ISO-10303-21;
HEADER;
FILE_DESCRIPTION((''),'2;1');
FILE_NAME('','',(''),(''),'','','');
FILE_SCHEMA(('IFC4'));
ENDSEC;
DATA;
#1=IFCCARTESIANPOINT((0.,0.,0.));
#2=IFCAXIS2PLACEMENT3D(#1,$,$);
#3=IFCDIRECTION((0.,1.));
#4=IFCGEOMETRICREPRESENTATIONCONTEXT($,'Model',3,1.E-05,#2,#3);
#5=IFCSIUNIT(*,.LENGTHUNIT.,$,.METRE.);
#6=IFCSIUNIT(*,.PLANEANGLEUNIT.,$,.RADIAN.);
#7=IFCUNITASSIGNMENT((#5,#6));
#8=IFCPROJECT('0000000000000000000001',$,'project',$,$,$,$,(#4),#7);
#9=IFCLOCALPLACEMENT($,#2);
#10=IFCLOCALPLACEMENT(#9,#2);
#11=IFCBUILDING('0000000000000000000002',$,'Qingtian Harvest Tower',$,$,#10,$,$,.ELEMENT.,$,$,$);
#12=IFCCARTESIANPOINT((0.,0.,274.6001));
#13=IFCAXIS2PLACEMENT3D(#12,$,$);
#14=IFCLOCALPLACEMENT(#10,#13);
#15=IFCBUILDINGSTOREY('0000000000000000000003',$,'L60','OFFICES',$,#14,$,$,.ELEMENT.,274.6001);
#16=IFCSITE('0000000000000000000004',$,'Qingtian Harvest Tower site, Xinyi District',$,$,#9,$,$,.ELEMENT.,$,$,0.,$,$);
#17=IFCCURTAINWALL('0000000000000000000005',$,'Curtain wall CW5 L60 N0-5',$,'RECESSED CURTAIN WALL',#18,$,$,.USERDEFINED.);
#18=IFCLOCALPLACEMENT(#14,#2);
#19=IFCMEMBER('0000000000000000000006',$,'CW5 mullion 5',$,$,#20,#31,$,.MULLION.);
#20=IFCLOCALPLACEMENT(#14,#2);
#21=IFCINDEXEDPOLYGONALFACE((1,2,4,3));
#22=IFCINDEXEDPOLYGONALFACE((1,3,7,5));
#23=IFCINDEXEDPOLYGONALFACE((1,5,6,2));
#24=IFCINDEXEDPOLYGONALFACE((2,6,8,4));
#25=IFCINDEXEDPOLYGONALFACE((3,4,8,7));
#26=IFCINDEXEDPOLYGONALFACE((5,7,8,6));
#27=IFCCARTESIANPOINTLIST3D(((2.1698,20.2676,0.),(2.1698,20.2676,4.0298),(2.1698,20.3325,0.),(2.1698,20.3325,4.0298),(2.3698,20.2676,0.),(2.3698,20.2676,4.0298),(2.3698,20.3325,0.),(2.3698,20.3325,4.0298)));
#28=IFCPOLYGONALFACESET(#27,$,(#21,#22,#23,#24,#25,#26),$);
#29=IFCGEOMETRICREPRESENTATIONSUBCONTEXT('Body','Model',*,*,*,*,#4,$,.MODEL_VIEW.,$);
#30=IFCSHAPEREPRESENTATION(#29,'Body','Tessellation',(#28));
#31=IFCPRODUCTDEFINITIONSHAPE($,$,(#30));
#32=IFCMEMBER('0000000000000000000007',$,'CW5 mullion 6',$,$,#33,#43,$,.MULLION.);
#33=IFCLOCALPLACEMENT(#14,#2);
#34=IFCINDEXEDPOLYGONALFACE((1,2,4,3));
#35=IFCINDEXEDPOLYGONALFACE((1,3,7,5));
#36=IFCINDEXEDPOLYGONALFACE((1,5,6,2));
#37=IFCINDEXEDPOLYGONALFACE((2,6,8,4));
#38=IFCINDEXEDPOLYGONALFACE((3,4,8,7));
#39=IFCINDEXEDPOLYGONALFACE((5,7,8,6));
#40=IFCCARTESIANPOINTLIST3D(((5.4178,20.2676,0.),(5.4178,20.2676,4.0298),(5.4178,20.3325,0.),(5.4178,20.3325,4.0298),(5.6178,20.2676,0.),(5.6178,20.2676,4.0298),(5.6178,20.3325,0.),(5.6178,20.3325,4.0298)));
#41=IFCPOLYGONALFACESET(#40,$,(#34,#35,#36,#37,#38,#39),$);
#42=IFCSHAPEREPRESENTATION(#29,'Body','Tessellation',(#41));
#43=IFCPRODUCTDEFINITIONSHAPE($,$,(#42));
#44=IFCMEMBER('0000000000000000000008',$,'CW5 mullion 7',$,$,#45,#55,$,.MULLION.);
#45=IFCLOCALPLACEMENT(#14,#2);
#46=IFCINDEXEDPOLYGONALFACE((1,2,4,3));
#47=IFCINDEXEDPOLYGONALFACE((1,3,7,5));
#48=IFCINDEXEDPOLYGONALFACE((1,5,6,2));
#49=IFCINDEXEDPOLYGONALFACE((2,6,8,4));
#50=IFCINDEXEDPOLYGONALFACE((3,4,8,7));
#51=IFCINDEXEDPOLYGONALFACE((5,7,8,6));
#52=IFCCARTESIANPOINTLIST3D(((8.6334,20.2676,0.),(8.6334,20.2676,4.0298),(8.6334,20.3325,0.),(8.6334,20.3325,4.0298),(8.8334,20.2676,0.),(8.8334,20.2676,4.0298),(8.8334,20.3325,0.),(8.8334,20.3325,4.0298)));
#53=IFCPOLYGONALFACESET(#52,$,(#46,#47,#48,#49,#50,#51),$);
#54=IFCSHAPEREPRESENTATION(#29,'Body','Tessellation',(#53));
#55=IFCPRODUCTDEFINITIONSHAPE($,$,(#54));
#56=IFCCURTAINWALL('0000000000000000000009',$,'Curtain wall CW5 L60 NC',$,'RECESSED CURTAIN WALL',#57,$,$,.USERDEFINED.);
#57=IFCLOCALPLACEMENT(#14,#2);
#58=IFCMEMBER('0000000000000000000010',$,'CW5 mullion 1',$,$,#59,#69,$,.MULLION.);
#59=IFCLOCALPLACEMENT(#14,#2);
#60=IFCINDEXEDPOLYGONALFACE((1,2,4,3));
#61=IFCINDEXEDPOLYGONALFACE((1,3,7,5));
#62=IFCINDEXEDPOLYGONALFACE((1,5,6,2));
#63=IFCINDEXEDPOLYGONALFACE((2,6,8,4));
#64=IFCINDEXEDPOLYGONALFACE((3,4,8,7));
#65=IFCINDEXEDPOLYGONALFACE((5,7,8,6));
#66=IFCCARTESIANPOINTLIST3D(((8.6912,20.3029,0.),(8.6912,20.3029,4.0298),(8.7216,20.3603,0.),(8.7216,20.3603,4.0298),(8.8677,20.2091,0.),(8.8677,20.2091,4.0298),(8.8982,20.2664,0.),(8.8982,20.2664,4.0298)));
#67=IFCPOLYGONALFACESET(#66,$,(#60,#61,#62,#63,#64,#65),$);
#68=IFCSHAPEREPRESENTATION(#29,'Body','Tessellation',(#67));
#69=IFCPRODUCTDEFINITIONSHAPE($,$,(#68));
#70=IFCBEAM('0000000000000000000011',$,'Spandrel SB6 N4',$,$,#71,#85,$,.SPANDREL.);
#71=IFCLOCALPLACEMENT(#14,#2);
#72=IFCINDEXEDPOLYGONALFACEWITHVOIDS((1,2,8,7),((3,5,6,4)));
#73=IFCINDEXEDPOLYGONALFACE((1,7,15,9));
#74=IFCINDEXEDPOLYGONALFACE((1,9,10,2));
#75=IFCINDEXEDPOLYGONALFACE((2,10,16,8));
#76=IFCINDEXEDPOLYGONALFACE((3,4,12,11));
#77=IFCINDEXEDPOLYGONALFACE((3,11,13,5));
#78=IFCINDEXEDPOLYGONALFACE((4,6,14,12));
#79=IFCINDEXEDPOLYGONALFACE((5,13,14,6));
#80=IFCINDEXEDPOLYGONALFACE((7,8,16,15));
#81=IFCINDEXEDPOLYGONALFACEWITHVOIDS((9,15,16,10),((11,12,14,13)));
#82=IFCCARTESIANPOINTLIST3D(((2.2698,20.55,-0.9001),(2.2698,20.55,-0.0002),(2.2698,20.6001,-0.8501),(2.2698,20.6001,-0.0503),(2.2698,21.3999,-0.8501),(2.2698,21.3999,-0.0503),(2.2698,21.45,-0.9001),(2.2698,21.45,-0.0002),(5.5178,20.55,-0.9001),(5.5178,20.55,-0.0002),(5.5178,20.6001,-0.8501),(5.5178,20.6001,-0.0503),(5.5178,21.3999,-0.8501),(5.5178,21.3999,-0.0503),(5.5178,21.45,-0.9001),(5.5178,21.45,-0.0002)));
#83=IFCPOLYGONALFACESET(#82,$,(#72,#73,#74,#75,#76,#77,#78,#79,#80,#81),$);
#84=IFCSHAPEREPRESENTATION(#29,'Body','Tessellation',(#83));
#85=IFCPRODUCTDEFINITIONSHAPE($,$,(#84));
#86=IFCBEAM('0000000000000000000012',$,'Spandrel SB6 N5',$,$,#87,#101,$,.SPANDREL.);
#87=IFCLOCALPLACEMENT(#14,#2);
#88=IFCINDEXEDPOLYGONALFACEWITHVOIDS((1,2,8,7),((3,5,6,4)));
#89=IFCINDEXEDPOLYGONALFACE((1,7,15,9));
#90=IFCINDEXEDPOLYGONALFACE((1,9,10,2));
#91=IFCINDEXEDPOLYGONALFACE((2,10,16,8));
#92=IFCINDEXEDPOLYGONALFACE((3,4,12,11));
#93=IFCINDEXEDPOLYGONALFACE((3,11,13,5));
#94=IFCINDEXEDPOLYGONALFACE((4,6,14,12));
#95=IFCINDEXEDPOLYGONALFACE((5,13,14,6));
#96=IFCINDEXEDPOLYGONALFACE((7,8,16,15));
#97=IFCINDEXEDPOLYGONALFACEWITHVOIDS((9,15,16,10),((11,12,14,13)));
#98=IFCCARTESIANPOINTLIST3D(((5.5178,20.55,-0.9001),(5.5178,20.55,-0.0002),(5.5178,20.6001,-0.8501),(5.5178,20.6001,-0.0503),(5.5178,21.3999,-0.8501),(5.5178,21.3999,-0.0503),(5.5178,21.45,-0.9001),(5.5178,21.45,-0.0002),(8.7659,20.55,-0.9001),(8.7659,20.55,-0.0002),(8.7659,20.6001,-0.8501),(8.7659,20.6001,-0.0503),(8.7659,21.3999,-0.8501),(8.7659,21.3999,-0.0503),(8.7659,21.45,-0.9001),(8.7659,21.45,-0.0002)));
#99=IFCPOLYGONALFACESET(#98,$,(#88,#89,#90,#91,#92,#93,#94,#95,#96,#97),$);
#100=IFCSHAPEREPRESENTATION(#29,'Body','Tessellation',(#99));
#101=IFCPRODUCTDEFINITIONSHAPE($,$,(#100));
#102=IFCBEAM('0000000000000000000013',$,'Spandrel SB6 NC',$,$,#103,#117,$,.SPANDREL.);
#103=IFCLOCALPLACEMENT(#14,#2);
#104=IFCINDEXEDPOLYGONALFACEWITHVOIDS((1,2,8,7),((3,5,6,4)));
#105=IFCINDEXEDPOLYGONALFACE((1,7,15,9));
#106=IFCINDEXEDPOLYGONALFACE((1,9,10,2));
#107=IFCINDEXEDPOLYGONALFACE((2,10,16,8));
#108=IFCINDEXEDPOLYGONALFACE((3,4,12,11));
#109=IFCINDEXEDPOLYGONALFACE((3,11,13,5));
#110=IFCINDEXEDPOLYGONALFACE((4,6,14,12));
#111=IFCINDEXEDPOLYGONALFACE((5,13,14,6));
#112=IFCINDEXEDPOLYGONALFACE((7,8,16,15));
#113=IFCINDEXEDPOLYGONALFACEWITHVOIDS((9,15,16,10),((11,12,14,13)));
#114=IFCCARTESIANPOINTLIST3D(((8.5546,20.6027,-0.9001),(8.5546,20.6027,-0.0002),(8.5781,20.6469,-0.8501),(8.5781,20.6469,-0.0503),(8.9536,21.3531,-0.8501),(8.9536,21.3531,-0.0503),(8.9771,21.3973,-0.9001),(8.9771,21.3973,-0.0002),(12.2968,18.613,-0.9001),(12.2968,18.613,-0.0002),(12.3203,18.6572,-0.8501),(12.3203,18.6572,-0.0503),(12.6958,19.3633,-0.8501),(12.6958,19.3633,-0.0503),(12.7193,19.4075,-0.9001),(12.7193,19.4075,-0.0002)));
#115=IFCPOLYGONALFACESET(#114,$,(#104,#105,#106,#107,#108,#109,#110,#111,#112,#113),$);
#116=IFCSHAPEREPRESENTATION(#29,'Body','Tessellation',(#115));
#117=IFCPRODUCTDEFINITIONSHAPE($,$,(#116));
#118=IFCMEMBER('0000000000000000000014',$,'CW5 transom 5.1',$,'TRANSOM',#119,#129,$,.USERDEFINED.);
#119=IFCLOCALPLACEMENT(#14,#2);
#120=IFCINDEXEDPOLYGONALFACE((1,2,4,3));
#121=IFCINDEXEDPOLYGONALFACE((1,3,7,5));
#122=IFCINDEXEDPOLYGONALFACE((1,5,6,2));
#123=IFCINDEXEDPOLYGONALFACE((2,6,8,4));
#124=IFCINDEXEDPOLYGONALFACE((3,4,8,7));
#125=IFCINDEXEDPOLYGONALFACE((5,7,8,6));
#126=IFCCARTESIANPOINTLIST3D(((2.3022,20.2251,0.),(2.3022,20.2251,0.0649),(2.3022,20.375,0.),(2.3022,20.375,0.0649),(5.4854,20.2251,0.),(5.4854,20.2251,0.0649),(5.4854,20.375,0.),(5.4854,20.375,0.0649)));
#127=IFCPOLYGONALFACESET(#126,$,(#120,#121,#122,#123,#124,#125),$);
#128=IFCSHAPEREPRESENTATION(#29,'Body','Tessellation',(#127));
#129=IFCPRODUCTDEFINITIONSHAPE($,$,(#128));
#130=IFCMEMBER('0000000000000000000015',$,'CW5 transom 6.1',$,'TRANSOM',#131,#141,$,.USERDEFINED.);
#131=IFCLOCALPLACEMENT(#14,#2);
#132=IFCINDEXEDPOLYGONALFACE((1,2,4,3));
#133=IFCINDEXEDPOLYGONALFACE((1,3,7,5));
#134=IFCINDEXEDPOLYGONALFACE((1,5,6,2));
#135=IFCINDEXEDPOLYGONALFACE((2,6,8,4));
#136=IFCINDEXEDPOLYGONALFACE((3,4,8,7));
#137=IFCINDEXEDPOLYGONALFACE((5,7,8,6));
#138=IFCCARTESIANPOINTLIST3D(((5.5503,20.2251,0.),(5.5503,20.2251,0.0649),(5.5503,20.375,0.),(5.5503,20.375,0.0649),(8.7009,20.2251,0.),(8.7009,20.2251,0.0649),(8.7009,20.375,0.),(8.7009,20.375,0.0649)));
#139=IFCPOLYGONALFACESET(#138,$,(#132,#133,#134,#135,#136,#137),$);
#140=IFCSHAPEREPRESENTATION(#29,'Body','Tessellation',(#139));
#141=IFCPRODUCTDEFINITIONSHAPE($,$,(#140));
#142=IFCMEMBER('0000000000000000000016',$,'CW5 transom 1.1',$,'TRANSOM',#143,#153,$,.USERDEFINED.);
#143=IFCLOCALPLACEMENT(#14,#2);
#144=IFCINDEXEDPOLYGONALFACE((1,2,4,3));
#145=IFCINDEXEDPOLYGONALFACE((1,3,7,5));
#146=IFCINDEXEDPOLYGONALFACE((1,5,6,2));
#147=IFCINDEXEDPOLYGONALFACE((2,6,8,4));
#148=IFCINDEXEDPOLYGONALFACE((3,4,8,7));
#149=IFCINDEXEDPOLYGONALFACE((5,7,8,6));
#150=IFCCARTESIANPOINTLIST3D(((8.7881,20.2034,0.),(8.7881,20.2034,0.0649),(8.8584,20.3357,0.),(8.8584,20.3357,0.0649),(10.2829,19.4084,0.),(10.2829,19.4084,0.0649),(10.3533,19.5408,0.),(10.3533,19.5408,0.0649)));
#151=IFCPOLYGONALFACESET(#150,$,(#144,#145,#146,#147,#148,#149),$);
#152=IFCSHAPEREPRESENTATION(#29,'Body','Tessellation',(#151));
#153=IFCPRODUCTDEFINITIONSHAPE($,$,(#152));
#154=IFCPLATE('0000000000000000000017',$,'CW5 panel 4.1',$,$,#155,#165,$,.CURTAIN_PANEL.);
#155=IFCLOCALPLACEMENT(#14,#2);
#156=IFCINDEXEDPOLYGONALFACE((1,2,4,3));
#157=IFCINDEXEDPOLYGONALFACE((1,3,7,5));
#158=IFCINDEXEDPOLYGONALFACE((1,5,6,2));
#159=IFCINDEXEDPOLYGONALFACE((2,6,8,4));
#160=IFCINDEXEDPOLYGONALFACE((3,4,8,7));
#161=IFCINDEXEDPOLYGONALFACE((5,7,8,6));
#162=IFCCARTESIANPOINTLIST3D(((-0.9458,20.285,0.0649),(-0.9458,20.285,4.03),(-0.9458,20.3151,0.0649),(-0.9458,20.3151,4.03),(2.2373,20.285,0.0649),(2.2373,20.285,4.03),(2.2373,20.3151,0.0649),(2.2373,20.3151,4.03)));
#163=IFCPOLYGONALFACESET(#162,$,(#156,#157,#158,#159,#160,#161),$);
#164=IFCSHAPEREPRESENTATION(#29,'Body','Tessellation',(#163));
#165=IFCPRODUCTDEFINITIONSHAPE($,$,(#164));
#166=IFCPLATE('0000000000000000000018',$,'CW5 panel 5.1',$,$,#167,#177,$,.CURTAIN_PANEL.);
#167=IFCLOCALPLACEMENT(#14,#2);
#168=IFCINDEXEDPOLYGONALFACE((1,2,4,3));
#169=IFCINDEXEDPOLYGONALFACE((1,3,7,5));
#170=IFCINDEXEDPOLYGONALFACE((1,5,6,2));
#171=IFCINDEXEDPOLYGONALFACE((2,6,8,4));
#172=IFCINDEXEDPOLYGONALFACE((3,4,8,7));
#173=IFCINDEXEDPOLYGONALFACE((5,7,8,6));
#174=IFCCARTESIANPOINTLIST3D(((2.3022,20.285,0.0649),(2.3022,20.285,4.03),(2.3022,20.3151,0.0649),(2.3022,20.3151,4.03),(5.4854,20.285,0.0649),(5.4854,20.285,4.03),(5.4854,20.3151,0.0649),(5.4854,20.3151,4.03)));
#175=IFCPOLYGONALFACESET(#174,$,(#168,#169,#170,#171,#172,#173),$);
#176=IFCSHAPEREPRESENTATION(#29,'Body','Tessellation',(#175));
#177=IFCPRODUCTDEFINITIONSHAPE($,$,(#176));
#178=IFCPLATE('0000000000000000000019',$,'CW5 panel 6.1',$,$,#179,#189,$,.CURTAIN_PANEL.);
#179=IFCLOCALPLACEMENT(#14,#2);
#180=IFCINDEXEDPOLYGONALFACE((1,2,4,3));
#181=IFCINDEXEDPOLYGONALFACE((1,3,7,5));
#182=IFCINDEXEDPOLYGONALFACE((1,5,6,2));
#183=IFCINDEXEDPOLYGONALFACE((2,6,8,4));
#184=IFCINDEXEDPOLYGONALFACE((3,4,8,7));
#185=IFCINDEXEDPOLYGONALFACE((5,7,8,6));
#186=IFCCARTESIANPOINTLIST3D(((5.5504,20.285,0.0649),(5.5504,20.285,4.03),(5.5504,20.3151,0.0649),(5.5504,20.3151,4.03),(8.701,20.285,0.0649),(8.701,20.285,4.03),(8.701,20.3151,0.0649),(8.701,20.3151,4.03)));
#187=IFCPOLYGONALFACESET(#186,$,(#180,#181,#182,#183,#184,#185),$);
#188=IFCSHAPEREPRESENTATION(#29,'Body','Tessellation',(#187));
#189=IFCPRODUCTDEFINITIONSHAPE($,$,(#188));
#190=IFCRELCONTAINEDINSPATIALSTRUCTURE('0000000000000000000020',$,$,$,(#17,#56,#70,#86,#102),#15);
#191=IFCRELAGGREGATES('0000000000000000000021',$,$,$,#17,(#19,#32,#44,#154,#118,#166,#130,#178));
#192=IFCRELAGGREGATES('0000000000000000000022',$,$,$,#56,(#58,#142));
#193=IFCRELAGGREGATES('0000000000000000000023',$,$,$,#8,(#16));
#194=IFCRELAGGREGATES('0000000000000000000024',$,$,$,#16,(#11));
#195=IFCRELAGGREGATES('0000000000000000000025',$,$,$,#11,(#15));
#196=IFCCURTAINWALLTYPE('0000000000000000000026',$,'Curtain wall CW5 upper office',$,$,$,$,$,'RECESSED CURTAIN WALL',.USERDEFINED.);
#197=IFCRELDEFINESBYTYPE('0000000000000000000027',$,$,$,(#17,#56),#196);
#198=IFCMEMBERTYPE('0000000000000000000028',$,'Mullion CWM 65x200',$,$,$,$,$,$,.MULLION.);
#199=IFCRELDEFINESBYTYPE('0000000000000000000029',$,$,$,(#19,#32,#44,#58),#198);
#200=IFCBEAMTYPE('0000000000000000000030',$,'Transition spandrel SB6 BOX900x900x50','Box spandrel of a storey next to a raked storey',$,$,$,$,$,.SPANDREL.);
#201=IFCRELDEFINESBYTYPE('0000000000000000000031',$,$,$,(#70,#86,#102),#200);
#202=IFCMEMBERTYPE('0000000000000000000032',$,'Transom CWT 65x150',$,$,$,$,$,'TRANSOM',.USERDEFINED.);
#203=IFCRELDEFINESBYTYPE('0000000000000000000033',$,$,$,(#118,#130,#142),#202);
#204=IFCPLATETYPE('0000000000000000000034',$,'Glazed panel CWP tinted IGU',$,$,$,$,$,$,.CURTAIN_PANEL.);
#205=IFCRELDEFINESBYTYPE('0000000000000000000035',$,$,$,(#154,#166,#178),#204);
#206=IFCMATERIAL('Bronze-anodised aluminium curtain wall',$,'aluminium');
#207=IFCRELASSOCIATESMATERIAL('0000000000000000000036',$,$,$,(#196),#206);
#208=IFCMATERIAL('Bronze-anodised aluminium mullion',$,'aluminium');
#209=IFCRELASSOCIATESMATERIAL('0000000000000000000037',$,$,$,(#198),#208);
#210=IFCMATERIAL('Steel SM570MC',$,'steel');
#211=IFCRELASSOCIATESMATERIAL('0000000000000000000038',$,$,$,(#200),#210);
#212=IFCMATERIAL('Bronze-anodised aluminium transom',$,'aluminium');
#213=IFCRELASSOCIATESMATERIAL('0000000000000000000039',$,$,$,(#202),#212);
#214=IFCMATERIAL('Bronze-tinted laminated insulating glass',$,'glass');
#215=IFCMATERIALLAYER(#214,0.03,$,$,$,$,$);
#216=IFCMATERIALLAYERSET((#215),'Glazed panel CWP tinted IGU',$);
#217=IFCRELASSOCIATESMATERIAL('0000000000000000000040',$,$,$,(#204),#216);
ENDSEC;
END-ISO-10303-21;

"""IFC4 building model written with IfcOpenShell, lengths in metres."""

from ifc_helpers import new_model, si_unit, direction, frame, origin, origin_2d, place, context, subcontext, project, spatial, rectangle, hollow_rectangle, extrude, material, layer, layer_set, material_profile, profile_set, type_object, element, aggregate, save


model = new_model("IFC4")

# Units and contexts
model_context = context("Model", 3, precision=1e-05, world=origin(), true_north=direction((0.0, 1.0)))
body_context = subcontext(model_context, "Body", "Model", "MODEL_VIEW")
ifc_project = project(units=[si_unit("LENGTHUNIT", "METRE"), si_unit("PLANEANGLEUNIT", "RADIAN")], contexts=[model_context])

# Site, building, storey
site_placement = place(None, origin())
site = spatial("IfcSite", under=ifc_project, at=site_placement, Name="Qingtian Harvest Tower site, Xinyi District", CompositionType="ELEMENT", RefElevation=0.0)
building_placement = place(site_placement, origin())
building = spatial("IfcBuilding", under=site, at=building_placement, Name="Qingtian Harvest Tower", CompositionType="ELEMENT")
storey_placement = place(building_placement, frame((0.0, 0.0, 274.6001)))
storey = spatial("IfcBuildingStorey", under=building, at=storey_placement, Name="L60", Description="OFFICES", CompositionType="ELEMENT", Elevation=274.6001)

# Curtain wall, members
ifc_material_1 = material(Name="Bronze-anodised aluminium curtain wall", Category="aluminium")
curtain_wall_type = type_object("IfcCurtainWallType", Name="Curtain wall CW5 upper office", ElementType="RECESSED CURTAIN WALL", PredefinedType="USERDEFINED", material=ifc_material_1)
curtain_wall_1_placement = place(storey_placement, origin())
curtain_wall_1 = element("IfcCurtainWall", 1, at=curtain_wall_1_placement, inside=storey, type_object=curtain_wall_type, Name="Curtain wall CW5 L60 N0-5", ObjectType="RECESSED CURTAIN WALL", PredefinedType="USERDEFINED")
ifc_material_2 = material(Name="Bronze-anodised aluminium mullion", Category="aluminium")
ifc_material_profile_1 = material_profile(ifc_material_2, rectangle(XDim=0.0649, YDim=0.2, at=origin_2d()), Name="AL 65x200")
ifc_profile_set_1 = profile_set([ifc_material_profile_1], Name="Bronze-anodised aluminium mullion")
member_type_1 = type_object("IfcMemberType", Name="Mullion CWM 65x200", PredefinedType="MULLION", material=ifc_profile_set_1)
member_1_placement = place(storey_placement, frame((2.2698, 20.3, 0.0), z_axis=(0.0, 0.0, 1.0), x_axis=(0.0, 1.0, 0.0)))
member_1 = element("IfcMember", 2, at=member_1_placement, type_object=member_type_1, Name="CW5 mullion 5", PredefinedType="MULLION", context=body_context, shape_type="SweptSolid", body=[
    extrude(rectangle(XDim=0.0649, YDim=0.2, at=origin_2d()), origin(), (0.0, 0.0, 1.0), 4.0298),
])
member_2_placement = place(storey_placement, frame((5.5178, 20.3, 0.0), z_axis=(0.0, 0.0, 1.0), x_axis=(0.0, 1.0, 0.0)))
member_2 = element("IfcMember", 3, at=member_2_placement, type_object=member_type_1, Name="CW5 mullion 6", PredefinedType="MULLION", context=body_context, shape_type="SweptSolid", body=[
    extrude(rectangle(XDim=0.0649, YDim=0.2, at=origin_2d()), origin(), (0.0, 0.0, 1.0), 4.0298),
])
member_3_placement = place(storey_placement, frame((8.7334, 20.3, 0.0), z_axis=(0.0, 0.0, 1.0), x_axis=(0.0, 1.0, 0.0)))
member_3 = element("IfcMember", 4, at=member_3_placement, type_object=member_type_1, Name="CW5 mullion 7", PredefinedType="MULLION", context=body_context, shape_type="SweptSolid", body=[
    extrude(rectangle(XDim=0.0649, YDim=0.2, at=origin_2d()), origin(), (0.0, 0.0, 1.0), 4.0298),
])

# Curtain wall, member
curtain_wall_2_placement = place(storey_placement, origin())
curtain_wall_2 = element("IfcCurtainWall", 5, at=curtain_wall_2_placement, inside=storey, type_object=curtain_wall_type, Name="Curtain wall CW5 L60 NC", ObjectType="RECESSED CURTAIN WALL", PredefinedType="USERDEFINED")
member_4_placement = place(storey_placement, frame((8.7947, 20.2847, 0.0), z_axis=(0.0, 0.0, 1.0), x_axis=(0.469472, 0.882948, 0.0)))
member_4 = element("IfcMember", 6, at=member_4_placement, type_object=member_type_1, Name="CW5 mullion 1", PredefinedType="MULLION", context=body_context, shape_type="SweptSolid", body=[
    extrude(rectangle(XDim=0.0649, YDim=0.2, at=origin_2d()), origin(), (0.0, 0.0, 1.0), 4.0298),
])

# Beams
ifc_material_3 = material(Name="Steel SM570MC", Category="steel")
ifc_material_profile_2 = material_profile(ifc_material_3, hollow_rectangle(XDim=0.8999, YDim=0.8999, WallThickness=0.05, at=origin_2d()), Name="BOX900x900x50")
ifc_profile_set_2 = profile_set([ifc_material_profile_2], Name="Steel SM570MC")
beam_type_1 = type_object("IfcBeamType", Name="Transition spandrel SB6 BOX900x900x50", Description="Box spandrel of a storey next to a raked storey", PredefinedType="SPANDREL", material=ifc_profile_set_2)
for number, where, z_axis, x_axis, name in (
    (7, (2.2698, 21.0, -0.4502), (1.0, 0.0, 0.0), (0.0, 1.0, 0.0), "Spandrel SB6 N4"),
    (8, (5.5178, 21.0, -0.4502), (1.0, 0.0, 0.0), (0.0, 1.0, 0.0), "Spandrel SB6 N5"),
):
    element("IfcBeam", number, at=place(storey_placement, frame(where, z_axis=z_axis, x_axis=x_axis)), inside=storey, type_object=beam_type_1, Name=name, PredefinedType="SPANDREL", context=body_context, shape_type="SweptSolid", body=[
        extrude(hollow_rectangle(XDim=0.8999, YDim=0.8999, WallThickness=0.05, at=origin_2d()), origin(), (0.0, 0.0, 1.0), 3.248),
    ])
beam_1_placement = place(storey_placement, frame((8.7659, 21.0, -0.4502), z_axis=(0.882949, -0.46947, 0.0), x_axis=(0.46947, 0.882949, 0.0)))
element("IfcBeam", 9, at=beam_1_placement, inside=storey, type_object=beam_type_1, Name="Spandrel SB6 NC", PredefinedType="SPANDREL", context=body_context, shape_type="SweptSolid", body=[
    extrude(hollow_rectangle(XDim=0.8999, YDim=0.8999, WallThickness=0.05, at=origin_2d()), origin(), (0.0, 0.0, 1.0), 4.2383),
])

# Members
ifc_material_4 = material(Name="Bronze-anodised aluminium transom", Category="aluminium")
ifc_material_profile_3 = material_profile(ifc_material_4, rectangle(XDim=0.1499, YDim=0.0649, at=origin_2d()), Name="AL 65x150")
ifc_profile_set_3 = profile_set([ifc_material_profile_3], Name="Bronze-anodised aluminium transom")
member_type_2 = type_object("IfcMemberType", Name="Transom CWT 65x150", ElementType="TRANSOM", PredefinedType="USERDEFINED", material=ifc_profile_set_3)
member_5_placement = place(storey_placement, frame((2.3022, 20.3, 0.0325), z_axis=(1.0, 0.0, 0.0), x_axis=(0.0, 1.0, 0.0)))
member_5 = element("IfcMember", 10, at=member_5_placement, type_object=member_type_2, Name="CW5 transom 5.1", ObjectType="TRANSOM", PredefinedType="USERDEFINED", context=body_context, shape_type="SweptSolid", body=[
    extrude(rectangle(XDim=0.1499, YDim=0.0649, at=origin_2d()), origin(), (0.0, 0.0, 1.0), 3.1831),
])
member_6_placement = place(storey_placement, frame((5.5503, 20.3, 0.0325), z_axis=(1.0, 0.0, 0.0), x_axis=(0.0, 1.0, 0.0)))
member_6 = element("IfcMember", 11, at=member_6_placement, type_object=member_type_2, Name="CW5 transom 6.1", ObjectType="TRANSOM", PredefinedType="USERDEFINED", context=body_context, shape_type="SweptSolid", body=[
    extrude(rectangle(XDim=0.1499, YDim=0.0649, at=origin_2d()), origin(), (0.0, 0.0, 1.0), 3.1506),
])
member_7_placement = place(storey_placement, frame((8.8232, 20.2695, 0.0325), z_axis=(0.882927, -0.46951, 0.0), x_axis=(0.46951, 0.882927, 0.0)))
member_7 = element("IfcMember", 12, at=member_7_placement, type_object=member_type_2, Name="CW5 transom 1.1", ObjectType="TRANSOM", PredefinedType="USERDEFINED", context=body_context, shape_type="SweptSolid", body=[
    extrude(rectangle(XDim=0.1499, YDim=0.0649, at=origin_2d()), origin(), (0.0, 0.0, 1.0), 1.6931),
])

# Plates
ifc_material_5 = material(Name="Bronze-tinted laminated insulating glass", Category="glass")
ifc_layer_1 = layer(ifc_material_5, 0.03)
ifc_layer_set_1 = layer_set([ifc_layer_1], Name="Glazed panel CWP tinted IGU")
plate_type = type_object("IfcPlateType", Name="Glazed panel CWP tinted IGU", PredefinedType="CURTAIN_PANEL", material=ifc_layer_set_1)
plate_1_placement = place(storey_placement, frame((0.6458, 20.3, 0.0649), z_axis=(0.0, 0.0, 1.0), x_axis=(1.0, 0.0, 0.0)))
plate_1 = element("IfcPlate", 13, at=plate_1_placement, type_object=plate_type, Name="CW5 panel 4.1", PredefinedType="CURTAIN_PANEL", context=body_context, shape_type="SweptSolid", body=[
    extrude(rectangle(XDim=3.1831, YDim=0.03, at=origin_2d()), origin(), (0.0, 0.0, 1.0), 3.9651),
])
plate_2_placement = place(storey_placement, frame((3.8938, 20.3, 0.0649), z_axis=(0.0, 0.0, 1.0), x_axis=(1.0, 0.0, 0.0)))
plate_2 = element("IfcPlate", 14, at=plate_2_placement, type_object=plate_type, Name="CW5 panel 5.1", PredefinedType="CURTAIN_PANEL", context=body_context, shape_type="SweptSolid", body=[
    extrude(rectangle(XDim=3.1831, YDim=0.03, at=origin_2d()), origin(), (0.0, 0.0, 1.0), 3.9651),
])
plate_3_placement = place(storey_placement, frame((7.1257, 20.3, 0.0649), z_axis=(0.0, 0.0, 1.0), x_axis=(1.0, 0.0, 0.0)))
plate_3 = element("IfcPlate", 15, at=plate_3_placement, type_object=plate_type, Name="CW5 panel 6.1", PredefinedType="CURTAIN_PANEL", context=body_context, shape_type="SweptSolid", body=[
    extrude(rectangle(XDim=3.1506, YDim=0.03, at=origin_2d()), origin(), (0.0, 0.0, 1.0), 3.9651),
])
aggregate(curtain_wall_1, [member_1, member_2, member_3, plate_1, member_5, plate_2, member_6, plate_3])
aggregate(curtain_wall_2, [member_4, member_7])

save(model, "model.ifc")
